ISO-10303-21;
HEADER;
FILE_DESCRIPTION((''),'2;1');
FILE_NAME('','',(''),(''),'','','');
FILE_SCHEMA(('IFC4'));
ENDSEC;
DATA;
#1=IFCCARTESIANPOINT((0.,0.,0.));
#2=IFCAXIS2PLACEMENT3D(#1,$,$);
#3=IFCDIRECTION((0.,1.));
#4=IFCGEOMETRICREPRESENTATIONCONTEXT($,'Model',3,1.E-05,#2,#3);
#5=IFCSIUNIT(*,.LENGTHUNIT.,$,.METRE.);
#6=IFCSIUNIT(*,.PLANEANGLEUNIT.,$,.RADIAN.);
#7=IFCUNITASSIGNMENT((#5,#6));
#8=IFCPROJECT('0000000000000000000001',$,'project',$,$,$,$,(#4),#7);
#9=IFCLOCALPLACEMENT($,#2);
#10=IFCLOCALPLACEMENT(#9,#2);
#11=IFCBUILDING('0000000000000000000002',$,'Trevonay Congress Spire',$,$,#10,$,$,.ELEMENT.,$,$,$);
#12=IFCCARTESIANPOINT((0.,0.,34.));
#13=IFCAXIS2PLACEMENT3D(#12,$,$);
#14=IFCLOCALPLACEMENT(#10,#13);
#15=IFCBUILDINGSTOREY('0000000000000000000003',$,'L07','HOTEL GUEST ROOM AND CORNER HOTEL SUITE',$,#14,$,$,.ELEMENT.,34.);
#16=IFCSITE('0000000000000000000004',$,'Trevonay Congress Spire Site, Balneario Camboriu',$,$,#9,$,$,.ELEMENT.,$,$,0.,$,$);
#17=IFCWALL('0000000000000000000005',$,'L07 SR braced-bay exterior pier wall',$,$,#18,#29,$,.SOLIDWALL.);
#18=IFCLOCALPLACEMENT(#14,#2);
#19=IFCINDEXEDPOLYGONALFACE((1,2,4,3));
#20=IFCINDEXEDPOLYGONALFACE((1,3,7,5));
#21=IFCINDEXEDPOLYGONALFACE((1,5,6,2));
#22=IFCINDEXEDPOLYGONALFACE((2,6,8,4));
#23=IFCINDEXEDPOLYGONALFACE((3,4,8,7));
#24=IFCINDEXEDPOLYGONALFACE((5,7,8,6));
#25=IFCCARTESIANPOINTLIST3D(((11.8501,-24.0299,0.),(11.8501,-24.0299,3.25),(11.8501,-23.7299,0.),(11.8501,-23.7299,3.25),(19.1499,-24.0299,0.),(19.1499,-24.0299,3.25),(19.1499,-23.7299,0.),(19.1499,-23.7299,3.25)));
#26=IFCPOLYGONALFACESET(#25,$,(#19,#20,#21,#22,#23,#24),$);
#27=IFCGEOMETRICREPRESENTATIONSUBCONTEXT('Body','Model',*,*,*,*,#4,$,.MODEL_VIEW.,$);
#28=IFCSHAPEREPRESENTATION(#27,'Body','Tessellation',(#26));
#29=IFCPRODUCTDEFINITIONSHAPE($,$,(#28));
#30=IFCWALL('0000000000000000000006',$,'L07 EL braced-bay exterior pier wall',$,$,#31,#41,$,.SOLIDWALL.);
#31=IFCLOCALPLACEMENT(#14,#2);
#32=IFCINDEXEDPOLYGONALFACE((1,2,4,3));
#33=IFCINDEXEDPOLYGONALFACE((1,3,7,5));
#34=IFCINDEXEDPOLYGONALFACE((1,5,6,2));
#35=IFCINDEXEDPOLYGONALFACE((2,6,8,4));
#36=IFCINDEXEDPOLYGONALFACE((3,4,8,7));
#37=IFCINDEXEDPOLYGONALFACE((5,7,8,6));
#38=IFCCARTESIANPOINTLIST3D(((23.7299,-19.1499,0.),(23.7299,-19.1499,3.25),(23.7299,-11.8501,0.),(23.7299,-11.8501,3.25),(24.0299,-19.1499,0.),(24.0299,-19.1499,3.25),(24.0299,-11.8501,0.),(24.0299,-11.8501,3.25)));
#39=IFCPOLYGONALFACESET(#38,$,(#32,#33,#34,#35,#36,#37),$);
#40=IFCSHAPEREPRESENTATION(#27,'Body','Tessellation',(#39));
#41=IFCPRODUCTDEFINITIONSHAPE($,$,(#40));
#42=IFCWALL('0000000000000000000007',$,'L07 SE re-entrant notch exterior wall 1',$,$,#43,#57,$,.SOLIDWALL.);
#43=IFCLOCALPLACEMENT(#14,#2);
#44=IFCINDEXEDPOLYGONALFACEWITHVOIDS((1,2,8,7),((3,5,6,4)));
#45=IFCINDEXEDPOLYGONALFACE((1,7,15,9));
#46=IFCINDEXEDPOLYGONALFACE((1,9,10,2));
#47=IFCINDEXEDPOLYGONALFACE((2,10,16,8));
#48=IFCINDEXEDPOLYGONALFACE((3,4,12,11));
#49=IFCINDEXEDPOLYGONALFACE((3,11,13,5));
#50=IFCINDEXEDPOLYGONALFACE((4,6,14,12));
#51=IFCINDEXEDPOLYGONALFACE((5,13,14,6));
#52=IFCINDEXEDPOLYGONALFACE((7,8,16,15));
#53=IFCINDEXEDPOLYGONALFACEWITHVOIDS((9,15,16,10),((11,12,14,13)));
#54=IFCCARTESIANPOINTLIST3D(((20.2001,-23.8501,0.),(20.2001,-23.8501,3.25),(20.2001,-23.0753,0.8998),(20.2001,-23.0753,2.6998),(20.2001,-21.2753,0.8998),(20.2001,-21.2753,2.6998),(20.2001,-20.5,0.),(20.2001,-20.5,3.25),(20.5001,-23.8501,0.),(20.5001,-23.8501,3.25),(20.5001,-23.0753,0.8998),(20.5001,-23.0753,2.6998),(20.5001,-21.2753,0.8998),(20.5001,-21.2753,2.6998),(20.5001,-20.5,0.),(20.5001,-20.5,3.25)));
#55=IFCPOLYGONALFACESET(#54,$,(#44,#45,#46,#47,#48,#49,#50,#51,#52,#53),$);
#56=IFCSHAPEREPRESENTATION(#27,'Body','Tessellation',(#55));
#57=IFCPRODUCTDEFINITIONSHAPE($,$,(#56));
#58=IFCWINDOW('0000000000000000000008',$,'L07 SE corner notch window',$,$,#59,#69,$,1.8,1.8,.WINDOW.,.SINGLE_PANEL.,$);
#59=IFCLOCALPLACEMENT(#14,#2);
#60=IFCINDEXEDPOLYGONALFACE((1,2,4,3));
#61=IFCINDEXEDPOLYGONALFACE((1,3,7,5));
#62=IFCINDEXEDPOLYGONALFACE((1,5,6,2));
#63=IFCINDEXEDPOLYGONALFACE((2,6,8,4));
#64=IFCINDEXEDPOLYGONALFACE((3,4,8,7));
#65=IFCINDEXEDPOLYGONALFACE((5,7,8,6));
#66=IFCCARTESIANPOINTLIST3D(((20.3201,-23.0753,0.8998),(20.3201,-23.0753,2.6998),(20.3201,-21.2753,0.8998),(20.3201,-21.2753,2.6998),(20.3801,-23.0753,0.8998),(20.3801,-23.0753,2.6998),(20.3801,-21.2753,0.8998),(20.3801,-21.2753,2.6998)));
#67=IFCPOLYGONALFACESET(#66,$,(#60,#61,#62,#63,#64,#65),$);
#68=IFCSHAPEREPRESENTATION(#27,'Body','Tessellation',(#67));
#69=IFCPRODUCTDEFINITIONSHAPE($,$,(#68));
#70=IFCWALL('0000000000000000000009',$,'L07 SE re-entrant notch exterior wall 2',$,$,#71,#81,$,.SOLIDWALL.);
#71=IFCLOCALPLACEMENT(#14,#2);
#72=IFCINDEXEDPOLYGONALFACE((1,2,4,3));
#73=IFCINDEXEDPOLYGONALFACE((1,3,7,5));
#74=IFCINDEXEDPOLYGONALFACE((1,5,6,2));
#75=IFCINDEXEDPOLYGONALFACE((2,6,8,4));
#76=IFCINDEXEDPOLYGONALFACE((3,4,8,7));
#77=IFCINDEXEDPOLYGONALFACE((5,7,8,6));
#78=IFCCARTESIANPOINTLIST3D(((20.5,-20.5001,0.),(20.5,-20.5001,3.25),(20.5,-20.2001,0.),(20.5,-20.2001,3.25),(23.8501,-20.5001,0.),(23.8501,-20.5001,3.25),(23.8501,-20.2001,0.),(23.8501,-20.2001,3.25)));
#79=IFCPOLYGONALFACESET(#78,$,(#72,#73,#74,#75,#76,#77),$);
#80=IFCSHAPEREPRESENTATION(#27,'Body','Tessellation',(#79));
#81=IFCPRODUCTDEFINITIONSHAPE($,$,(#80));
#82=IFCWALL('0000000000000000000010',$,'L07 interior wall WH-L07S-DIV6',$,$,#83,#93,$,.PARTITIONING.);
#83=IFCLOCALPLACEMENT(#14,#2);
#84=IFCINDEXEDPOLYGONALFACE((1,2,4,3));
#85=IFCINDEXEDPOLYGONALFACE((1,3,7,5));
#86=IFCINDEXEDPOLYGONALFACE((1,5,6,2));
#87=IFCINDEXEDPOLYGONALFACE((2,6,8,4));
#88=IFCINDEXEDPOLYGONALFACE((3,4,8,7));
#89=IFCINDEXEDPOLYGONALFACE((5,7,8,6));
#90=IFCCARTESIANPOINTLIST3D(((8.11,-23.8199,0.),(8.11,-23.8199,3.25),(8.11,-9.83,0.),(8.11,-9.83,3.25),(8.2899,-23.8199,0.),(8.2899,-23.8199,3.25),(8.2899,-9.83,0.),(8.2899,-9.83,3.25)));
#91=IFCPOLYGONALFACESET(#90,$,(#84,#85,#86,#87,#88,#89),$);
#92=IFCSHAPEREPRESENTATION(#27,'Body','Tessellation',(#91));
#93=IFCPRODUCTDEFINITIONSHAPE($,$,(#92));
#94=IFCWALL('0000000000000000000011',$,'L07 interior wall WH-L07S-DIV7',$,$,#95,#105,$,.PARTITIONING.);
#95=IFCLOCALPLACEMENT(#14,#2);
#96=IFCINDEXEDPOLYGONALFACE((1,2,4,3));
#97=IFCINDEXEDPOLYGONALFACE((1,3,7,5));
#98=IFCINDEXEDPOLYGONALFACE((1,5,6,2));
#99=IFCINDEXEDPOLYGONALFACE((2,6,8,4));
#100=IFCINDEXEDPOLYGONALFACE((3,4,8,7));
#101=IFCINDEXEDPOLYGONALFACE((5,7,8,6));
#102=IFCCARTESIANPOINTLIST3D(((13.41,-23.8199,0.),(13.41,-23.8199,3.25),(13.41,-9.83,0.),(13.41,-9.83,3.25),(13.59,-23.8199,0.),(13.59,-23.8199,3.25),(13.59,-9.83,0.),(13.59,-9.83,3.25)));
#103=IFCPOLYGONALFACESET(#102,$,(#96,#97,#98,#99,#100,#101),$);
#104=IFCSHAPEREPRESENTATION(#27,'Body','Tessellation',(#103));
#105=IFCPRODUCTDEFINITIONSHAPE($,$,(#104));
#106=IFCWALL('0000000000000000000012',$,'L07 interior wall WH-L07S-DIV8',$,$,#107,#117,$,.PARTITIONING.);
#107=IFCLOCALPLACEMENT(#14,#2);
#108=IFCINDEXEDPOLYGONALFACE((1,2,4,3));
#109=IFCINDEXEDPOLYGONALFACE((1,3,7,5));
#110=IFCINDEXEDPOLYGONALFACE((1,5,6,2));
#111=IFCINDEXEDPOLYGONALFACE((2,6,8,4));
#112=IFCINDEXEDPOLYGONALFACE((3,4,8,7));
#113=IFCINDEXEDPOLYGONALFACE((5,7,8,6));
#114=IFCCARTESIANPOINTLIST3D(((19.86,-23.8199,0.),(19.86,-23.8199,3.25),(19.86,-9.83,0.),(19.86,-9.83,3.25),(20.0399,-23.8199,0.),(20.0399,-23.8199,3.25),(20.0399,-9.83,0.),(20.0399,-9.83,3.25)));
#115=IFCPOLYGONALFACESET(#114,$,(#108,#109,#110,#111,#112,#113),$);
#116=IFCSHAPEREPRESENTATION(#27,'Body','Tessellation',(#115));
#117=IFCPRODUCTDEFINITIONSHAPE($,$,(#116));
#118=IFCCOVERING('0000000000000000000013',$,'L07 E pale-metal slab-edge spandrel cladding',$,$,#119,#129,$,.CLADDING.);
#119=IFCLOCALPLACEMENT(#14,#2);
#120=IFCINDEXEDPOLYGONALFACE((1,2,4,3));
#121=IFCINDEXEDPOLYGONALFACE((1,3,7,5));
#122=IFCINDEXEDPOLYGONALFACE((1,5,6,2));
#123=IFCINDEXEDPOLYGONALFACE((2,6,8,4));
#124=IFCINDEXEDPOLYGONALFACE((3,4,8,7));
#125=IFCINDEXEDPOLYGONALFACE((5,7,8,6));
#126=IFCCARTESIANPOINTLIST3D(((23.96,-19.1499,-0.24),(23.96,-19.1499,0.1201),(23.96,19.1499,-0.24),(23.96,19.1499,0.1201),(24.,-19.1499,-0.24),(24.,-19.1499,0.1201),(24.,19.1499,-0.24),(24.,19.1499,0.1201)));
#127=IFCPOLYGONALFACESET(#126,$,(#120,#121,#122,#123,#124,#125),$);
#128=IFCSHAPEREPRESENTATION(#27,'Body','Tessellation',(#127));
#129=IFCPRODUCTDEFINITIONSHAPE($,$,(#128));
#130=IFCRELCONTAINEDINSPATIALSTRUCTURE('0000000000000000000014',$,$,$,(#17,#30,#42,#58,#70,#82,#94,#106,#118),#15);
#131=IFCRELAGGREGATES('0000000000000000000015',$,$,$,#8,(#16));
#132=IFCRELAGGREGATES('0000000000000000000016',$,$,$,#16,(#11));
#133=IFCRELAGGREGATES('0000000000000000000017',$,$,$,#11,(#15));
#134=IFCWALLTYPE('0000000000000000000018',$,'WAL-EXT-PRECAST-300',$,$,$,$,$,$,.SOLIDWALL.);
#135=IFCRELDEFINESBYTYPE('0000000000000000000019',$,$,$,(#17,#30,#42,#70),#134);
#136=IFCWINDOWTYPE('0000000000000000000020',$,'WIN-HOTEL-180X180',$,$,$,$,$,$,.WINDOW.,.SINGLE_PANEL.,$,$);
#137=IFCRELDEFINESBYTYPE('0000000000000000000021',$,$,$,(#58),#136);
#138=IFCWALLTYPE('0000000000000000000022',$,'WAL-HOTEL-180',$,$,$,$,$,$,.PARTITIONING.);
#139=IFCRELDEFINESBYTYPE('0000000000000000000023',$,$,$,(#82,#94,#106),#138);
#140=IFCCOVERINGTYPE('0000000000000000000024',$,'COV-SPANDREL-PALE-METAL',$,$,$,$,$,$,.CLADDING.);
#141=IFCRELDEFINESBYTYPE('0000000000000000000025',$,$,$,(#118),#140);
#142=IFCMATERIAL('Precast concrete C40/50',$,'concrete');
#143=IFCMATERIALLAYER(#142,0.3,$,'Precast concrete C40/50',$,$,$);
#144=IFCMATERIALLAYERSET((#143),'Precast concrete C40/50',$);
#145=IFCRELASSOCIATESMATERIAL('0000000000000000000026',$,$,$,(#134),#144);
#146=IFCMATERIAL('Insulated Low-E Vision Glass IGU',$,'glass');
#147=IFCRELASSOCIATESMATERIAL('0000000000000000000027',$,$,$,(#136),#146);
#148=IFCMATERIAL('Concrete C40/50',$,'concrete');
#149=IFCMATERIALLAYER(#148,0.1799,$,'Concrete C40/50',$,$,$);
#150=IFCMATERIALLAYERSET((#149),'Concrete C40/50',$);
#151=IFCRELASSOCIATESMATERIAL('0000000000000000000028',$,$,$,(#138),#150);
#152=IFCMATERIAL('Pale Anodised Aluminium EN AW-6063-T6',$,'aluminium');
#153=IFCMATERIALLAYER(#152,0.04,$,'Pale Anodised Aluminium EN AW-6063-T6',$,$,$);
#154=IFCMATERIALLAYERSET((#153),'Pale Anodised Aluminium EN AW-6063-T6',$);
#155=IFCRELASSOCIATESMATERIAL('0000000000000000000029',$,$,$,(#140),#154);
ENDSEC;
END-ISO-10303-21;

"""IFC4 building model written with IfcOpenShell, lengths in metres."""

from ifc_helpers import new_model, si_unit, direction, frame, frame_2d, origin, place, context, subcontext, project, spatial, rectangle, extrude, material, layer, layer_set, type_object, element, fill, save


model = new_model("IFC4")

# Units and contexts
model_context = context("Model", 3, precision=1e-05, world=origin(), true_north=direction((0.0, 1.0)))
body_context = subcontext(model_context, "Body", "Model", "MODEL_VIEW")
ifc_project = project(units=[si_unit("LENGTHUNIT", "METRE"), si_unit("PLANEANGLEUNIT", "RADIAN")], contexts=[model_context])

# Site, building, storey
site_placement = place(None, origin())
site = spatial("IfcSite", under=ifc_project, at=site_placement, Name="Trevonay Congress Spire Site, Balneario Camboriu", CompositionType="ELEMENT", RefElevation=0.0)
building_placement = place(site_placement, origin())
building = spatial("IfcBuilding", under=site, at=building_placement, Name="Trevonay Congress Spire", CompositionType="ELEMENT")
storey_placement = place(building_placement, frame((0.0, 0.0, 34.0)))
storey = spatial("IfcBuildingStorey", under=building, at=storey_placement, Name="L07", Description="HOTEL GUEST ROOM AND CORNER HOTEL SUITE", CompositionType="ELEMENT", Elevation=34.0)

# Shared definitions
ifc_material_1 = material(Name="Pale Anodised Aluminium EN AW-6063-T6", Category="aluminium")

# Shared definitions
ifc_material_2 = material(Name="Insulated Low-E Vision Glass IGU", Category="glass")

# Shared definitions
ifc_material_3 = material(Name="Concrete C40/50", Category="concrete")

# Walls
ifc_material_4 = material(Name="Precast concrete C40/50", Category="concrete")
ifc_layer_1 = layer(ifc_material_4, 0.3, Name="Precast concrete C40/50")
ifc_layer_set_1 = layer_set([ifc_layer_1], Name="Precast concrete C40/50")
wall_type_1 = type_object("IfcWallType", Name="WAL-EXT-PRECAST-300", PredefinedType="SOLIDWALL", material=ifc_layer_set_1)
for number, where, z_axis, x_axis, name in (
    (1, (11.8501, -23.8799, 0.0), (0.0, 0.0, 1.0), (1.0, 0.0, 0.0), "L07 SR braced-bay exterior pier wall"),
    (2, (23.8799, -19.1499, 0.0), (0.0, 0.0, 1.0), (0.0, 1.0, 0.0), "L07 EL braced-bay exterior pier wall"),
):
    element("IfcWall", number, at=place(storey_placement, frame(where, z_axis=z_axis, x_axis=x_axis)), inside=storey, type_object=wall_type_1, Name=name, PredefinedType="SOLIDWALL", context=body_context, shape_type="SweptSolid", body=[
        extrude(rectangle(XDim=7.2998, YDim=0.3, at=frame_2d((3.6499, 0.0))), origin(), (0.0, 0.0, 1.0), 3.25),
    ])

# Wall, opening, window
wall_1_placement = place(storey_placement, frame((20.3501, -23.8501, 0.0), z_axis=(0.0, 0.0, 1.0), x_axis=(0.0, 1.0, 0.0)))
wall_1 = element("IfcWall", 3, at=wall_1_placement, inside=storey, type_object=wall_type_1, Name="L07 SE re-entrant notch exterior wall 1", PredefinedType="SOLIDWALL", context=body_context, shape_type="SweptSolid", body=[
    extrude(rectangle(XDim=3.3501, YDim=0.3, at=frame_2d((1.675, 0.0))), origin(), (0.0, 0.0, 1.0), 3.25),
])
opening_1_placement = place(wall_1_placement, frame((0.7749, 0.0, 0.8999)))
opening_1 = element("IfcOpeningElement", 4, at=opening_1_placement, cuts=wall_1, PredefinedType="OPENING", context=body_context, shape_type="SweptSolid", body=[
    extrude(rectangle(XDim=1.8, YDim=1.8, at=frame_2d((0.8999, 0.8999))), frame((0.0, 0.1602, 0.0), z_axis=(0.0, -1.0, 0.0), x_axis=(1.0, 0.0, 0.0)), (0.0, 0.0, 1.0), 0.3201),
])
window_type = type_object("IfcWindowType", Name="WIN-HOTEL-180X180", PartitioningType="SINGLE_PANEL", PredefinedType="WINDOW", material=ifc_material_2)
window_placement = place(opening_1_placement, origin())
window = element("IfcWindow", 5, at=window_placement, inside=storey, type_object=window_type, Name="L07 SE corner notch window", OverallHeight=1.8, OverallWidth=1.8, PartitioningType="SINGLE_PANEL", PredefinedType="WINDOW", context=body_context, shape_type="SweptSolid", body=[
    extrude(rectangle(XDim=1.8, YDim=1.8, at=frame_2d((0.8999, 0.8999))), frame((0.0, 0.03, 0.0), z_axis=(0.0, -1.0, 0.0), x_axis=(1.0, 0.0, 0.0)), (0.0, 0.0, 1.0), 0.0601),
])
fill(opening_1, window)

# Walls
wall_2_placement = place(storey_placement, frame((23.8501, -20.3501, 0.0), z_axis=(0.0, 0.0, 1.0), x_axis=(-1.0, 0.0, 0.0)))
element("IfcWall", 6, at=wall_2_placement, inside=storey, type_object=wall_type_1, Name="L07 SE re-entrant notch exterior wall 2", PredefinedType="SOLIDWALL", context=body_context, shape_type="SweptSolid", body=[
    extrude(rectangle(XDim=3.3501, YDim=0.3, at=frame_2d((1.675, 0.0))), origin(), (0.0, 0.0, 1.0), 3.25),
])
ifc_layer_2 = layer(ifc_material_3, 0.1799, Name="Concrete C40/50")
ifc_layer_set_2 = layer_set([ifc_layer_2], Name="Concrete C40/50")
wall_type_2 = type_object("IfcWallType", Name="WAL-HOTEL-180", PredefinedType="PARTITIONING", material=ifc_layer_set_2)
for number, where, z_axis, x_axis, name in (
    (7, (8.2, -23.8201, 0.0), (0.0, 0.0, 1.0), (0.0, 1.0, 0.0), "L07 interior wall WH-L07S-DIV6"),
    (8, (13.5, -23.8201, 0.0), (0.0, 0.0, 1.0), (0.0, 1.0, 0.0), "L07 interior wall WH-L07S-DIV7"),
    (9, (19.95, -23.8201, 0.0), (0.0, 0.0, 1.0), (0.0, 1.0, 0.0), "L07 interior wall WH-L07S-DIV8"),
):
    element("IfcWall", number, at=place(storey_placement, frame(where, z_axis=z_axis, x_axis=x_axis)), inside=storey, type_object=wall_type_2, Name=name, PredefinedType="PARTITIONING", context=body_context, shape_type="SweptSolid", body=[
        extrude(rectangle(XDim=13.99, YDim=0.1799, at=frame_2d((6.9951, 0.0))), origin(), (0.0, 0.0, 1.0), 3.25),
    ])

# Covering
ifc_layer_3 = layer(ifc_material_1, 0.04, Name="Pale Anodised Aluminium EN AW-6063-T6")
ifc_layer_set_3 = layer_set([ifc_layer_3], Name="Pale Anodised Aluminium EN AW-6063-T6")
covering_type = type_object("IfcCoveringType", Name="COV-SPANDREL-PALE-METAL", PredefinedType="CLADDING", material=ifc_layer_set_3)
covering_placement = place(storey_placement, frame((23.98, -19.1499, -0.24), z_axis=(0.0, 0.0, 1.0), x_axis=(0.0, 1.0, 0.0)))
element("IfcCovering", 10, at=covering_placement, inside=storey, type_object=covering_type, Name="L07 E pale-metal slab-edge spandrel cladding", PredefinedType="CLADDING", context=body_context, shape_type="SweptSolid", body=[
    extrude(rectangle(XDim=38.2998, YDim=0.04, at=frame_2d((19.1499, 0.0))), origin(), (0.0, 0.0, 1.0), 0.3601),
])

save(model, "model.ifc")
